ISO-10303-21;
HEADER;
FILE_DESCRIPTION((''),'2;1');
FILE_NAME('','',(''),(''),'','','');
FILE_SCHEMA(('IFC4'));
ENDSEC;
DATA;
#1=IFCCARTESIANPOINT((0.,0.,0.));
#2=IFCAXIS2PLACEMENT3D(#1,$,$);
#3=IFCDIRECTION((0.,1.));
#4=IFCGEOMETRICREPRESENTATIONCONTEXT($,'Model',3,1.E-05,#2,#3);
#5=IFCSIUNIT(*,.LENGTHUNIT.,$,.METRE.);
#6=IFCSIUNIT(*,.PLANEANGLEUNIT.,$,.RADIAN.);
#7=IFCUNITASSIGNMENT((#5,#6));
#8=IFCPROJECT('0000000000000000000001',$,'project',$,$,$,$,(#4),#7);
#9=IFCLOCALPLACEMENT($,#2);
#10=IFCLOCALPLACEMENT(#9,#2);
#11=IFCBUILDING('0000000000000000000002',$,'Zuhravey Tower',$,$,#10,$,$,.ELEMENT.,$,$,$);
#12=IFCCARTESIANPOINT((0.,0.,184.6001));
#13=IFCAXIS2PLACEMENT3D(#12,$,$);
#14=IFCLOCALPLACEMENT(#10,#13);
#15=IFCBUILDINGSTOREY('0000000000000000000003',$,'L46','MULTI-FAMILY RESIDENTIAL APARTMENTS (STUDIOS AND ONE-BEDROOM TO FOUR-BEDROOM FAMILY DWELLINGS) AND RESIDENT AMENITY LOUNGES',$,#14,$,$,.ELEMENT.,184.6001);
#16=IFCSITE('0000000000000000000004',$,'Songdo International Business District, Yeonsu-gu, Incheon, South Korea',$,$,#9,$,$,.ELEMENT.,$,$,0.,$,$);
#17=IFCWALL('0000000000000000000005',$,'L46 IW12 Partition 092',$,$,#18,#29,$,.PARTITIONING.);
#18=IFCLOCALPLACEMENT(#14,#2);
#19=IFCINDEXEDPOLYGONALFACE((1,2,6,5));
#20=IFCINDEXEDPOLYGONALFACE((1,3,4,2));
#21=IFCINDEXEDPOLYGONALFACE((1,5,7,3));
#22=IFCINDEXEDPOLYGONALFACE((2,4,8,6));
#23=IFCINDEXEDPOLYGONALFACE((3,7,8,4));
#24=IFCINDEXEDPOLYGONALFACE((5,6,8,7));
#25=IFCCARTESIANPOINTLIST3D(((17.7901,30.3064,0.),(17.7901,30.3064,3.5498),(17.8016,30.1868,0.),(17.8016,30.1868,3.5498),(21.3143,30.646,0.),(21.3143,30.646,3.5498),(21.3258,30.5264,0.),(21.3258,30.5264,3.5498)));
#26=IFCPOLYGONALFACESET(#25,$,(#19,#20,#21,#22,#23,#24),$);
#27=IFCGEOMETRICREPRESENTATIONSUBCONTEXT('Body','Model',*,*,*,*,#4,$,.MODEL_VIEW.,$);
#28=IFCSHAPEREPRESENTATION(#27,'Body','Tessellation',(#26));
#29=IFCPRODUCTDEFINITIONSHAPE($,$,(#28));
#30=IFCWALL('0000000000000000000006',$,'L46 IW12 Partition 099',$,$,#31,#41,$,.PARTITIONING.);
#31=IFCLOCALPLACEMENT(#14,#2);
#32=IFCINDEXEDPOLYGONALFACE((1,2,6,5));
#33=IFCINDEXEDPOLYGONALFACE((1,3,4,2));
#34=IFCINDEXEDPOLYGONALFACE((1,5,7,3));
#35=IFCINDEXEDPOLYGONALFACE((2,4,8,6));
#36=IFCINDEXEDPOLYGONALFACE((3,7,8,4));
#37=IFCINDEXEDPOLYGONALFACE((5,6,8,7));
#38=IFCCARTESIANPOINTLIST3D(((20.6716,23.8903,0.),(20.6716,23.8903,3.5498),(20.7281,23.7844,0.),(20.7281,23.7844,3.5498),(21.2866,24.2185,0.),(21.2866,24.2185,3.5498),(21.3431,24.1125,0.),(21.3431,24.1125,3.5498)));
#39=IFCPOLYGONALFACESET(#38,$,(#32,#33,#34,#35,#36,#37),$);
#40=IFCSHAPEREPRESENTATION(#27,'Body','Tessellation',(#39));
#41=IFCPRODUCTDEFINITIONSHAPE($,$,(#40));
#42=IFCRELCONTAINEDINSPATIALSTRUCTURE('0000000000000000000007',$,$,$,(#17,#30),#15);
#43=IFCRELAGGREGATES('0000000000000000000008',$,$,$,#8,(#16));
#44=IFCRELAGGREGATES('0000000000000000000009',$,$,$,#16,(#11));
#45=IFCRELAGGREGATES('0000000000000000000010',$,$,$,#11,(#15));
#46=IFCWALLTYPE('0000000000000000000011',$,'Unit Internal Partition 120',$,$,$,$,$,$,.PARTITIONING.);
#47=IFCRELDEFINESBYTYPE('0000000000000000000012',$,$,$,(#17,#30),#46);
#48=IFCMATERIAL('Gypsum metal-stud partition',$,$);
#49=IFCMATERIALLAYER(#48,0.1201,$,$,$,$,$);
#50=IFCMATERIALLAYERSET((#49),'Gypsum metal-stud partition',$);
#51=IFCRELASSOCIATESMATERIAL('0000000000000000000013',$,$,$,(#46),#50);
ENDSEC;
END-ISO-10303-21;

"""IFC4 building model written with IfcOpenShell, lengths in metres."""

from ifc_helpers import new_model, si_unit, direction, frame, frame_2d, origin, place, context, subcontext, project, spatial, rectangle, extrude, material, layer, layer_set, type_object, element, save


model = new_model("IFC4")

# Units and contexts
model_context = context("Model", 3, precision=1e-05, world=origin(), true_north=direction((0.0, 1.0)))
body_context = subcontext(model_context, "Body", "Model", "MODEL_VIEW")
ifc_project = project(units=[si_unit("LENGTHUNIT", "METRE"), si_unit("PLANEANGLEUNIT", "RADIAN")], contexts=[model_context])

# Site, building, storey
site_placement = place(None, origin())
site = spatial("IfcSite", under=ifc_project, at=site_placement, Name="Songdo International Business District, Yeonsu-gu, Incheon, South Korea", CompositionType="ELEMENT", RefElevation=0.0)
building_placement = place(site_placement, origin())
building = spatial("IfcBuilding", under=site, at=building_placement, Name="Zuhravey Tower", CompositionType="ELEMENT")
storey_placement = place(building_placement, frame((0.0, 0.0, 184.6001)))
storey = spatial("IfcBuildingStorey", under=building, at=storey_placement, Name="L46", Description="MULTI-FAMILY RESIDENTIAL APARTMENTS (STUDIOS AND ONE-BEDROOM TO FOUR-BEDROOM FAMILY DWELLINGS) AND RESIDENT AMENITY LOUNGES", CompositionType="ELEMENT", Elevation=184.6001)

# Shared definitions
ifc_material_1 = material(Name="Gypsum metal-stud partition")
ifc_layer_1 = layer(ifc_material_1, 0.1201)
ifc_layer_set_1 = layer_set([ifc_layer_1], Name="Gypsum metal-stud partition")
wall_type_1 = type_object("IfcWallType", Name="Unit Internal Partition 120", PredefinedType="PARTITIONING", material=ifc_layer_set_1)

# Walls
wall_1_placement = place(storey_placement, frame((21.3201, 30.5862, 0.0), z_axis=(0.0, 0.0, 1.0), x_axis=(-0.995389, -0.095919, 0.0)))
element("IfcWall", 1, at=wall_1_placement, inside=storey, type_object=wall_type_1, Name="L46 IW12 Partition 092", PredefinedType="PARTITIONING", context=body_context, shape_type="SweptSolid", body=[
    extrude(rectangle(XDim=3.5405, YDim=0.1201, at=frame_2d((1.7703, 0.0))), origin(), (0.0, 0.0, 1.0), 3.5498),
])
wall_2_placement = place(storey_placement, frame((21.3149, 24.1655, 0.0), z_axis=(0.0, 0.0, 1.0), x_axis=(-0.882275, -0.470734, 0.0)))
element("IfcWall", 2, at=wall_2_placement, inside=storey, type_object=wall_type_1, Name="L46 IW12 Partition 099", PredefinedType="PARTITIONING", context=body_context, shape_type="SweptSolid", body=[
    extrude(rectangle(XDim=0.697, YDim=0.1201, at=frame_2d((0.3486, 0.0))), origin(), (0.0, 0.0, 1.0), 3.5498),
])

save(model, "model.ifc")
